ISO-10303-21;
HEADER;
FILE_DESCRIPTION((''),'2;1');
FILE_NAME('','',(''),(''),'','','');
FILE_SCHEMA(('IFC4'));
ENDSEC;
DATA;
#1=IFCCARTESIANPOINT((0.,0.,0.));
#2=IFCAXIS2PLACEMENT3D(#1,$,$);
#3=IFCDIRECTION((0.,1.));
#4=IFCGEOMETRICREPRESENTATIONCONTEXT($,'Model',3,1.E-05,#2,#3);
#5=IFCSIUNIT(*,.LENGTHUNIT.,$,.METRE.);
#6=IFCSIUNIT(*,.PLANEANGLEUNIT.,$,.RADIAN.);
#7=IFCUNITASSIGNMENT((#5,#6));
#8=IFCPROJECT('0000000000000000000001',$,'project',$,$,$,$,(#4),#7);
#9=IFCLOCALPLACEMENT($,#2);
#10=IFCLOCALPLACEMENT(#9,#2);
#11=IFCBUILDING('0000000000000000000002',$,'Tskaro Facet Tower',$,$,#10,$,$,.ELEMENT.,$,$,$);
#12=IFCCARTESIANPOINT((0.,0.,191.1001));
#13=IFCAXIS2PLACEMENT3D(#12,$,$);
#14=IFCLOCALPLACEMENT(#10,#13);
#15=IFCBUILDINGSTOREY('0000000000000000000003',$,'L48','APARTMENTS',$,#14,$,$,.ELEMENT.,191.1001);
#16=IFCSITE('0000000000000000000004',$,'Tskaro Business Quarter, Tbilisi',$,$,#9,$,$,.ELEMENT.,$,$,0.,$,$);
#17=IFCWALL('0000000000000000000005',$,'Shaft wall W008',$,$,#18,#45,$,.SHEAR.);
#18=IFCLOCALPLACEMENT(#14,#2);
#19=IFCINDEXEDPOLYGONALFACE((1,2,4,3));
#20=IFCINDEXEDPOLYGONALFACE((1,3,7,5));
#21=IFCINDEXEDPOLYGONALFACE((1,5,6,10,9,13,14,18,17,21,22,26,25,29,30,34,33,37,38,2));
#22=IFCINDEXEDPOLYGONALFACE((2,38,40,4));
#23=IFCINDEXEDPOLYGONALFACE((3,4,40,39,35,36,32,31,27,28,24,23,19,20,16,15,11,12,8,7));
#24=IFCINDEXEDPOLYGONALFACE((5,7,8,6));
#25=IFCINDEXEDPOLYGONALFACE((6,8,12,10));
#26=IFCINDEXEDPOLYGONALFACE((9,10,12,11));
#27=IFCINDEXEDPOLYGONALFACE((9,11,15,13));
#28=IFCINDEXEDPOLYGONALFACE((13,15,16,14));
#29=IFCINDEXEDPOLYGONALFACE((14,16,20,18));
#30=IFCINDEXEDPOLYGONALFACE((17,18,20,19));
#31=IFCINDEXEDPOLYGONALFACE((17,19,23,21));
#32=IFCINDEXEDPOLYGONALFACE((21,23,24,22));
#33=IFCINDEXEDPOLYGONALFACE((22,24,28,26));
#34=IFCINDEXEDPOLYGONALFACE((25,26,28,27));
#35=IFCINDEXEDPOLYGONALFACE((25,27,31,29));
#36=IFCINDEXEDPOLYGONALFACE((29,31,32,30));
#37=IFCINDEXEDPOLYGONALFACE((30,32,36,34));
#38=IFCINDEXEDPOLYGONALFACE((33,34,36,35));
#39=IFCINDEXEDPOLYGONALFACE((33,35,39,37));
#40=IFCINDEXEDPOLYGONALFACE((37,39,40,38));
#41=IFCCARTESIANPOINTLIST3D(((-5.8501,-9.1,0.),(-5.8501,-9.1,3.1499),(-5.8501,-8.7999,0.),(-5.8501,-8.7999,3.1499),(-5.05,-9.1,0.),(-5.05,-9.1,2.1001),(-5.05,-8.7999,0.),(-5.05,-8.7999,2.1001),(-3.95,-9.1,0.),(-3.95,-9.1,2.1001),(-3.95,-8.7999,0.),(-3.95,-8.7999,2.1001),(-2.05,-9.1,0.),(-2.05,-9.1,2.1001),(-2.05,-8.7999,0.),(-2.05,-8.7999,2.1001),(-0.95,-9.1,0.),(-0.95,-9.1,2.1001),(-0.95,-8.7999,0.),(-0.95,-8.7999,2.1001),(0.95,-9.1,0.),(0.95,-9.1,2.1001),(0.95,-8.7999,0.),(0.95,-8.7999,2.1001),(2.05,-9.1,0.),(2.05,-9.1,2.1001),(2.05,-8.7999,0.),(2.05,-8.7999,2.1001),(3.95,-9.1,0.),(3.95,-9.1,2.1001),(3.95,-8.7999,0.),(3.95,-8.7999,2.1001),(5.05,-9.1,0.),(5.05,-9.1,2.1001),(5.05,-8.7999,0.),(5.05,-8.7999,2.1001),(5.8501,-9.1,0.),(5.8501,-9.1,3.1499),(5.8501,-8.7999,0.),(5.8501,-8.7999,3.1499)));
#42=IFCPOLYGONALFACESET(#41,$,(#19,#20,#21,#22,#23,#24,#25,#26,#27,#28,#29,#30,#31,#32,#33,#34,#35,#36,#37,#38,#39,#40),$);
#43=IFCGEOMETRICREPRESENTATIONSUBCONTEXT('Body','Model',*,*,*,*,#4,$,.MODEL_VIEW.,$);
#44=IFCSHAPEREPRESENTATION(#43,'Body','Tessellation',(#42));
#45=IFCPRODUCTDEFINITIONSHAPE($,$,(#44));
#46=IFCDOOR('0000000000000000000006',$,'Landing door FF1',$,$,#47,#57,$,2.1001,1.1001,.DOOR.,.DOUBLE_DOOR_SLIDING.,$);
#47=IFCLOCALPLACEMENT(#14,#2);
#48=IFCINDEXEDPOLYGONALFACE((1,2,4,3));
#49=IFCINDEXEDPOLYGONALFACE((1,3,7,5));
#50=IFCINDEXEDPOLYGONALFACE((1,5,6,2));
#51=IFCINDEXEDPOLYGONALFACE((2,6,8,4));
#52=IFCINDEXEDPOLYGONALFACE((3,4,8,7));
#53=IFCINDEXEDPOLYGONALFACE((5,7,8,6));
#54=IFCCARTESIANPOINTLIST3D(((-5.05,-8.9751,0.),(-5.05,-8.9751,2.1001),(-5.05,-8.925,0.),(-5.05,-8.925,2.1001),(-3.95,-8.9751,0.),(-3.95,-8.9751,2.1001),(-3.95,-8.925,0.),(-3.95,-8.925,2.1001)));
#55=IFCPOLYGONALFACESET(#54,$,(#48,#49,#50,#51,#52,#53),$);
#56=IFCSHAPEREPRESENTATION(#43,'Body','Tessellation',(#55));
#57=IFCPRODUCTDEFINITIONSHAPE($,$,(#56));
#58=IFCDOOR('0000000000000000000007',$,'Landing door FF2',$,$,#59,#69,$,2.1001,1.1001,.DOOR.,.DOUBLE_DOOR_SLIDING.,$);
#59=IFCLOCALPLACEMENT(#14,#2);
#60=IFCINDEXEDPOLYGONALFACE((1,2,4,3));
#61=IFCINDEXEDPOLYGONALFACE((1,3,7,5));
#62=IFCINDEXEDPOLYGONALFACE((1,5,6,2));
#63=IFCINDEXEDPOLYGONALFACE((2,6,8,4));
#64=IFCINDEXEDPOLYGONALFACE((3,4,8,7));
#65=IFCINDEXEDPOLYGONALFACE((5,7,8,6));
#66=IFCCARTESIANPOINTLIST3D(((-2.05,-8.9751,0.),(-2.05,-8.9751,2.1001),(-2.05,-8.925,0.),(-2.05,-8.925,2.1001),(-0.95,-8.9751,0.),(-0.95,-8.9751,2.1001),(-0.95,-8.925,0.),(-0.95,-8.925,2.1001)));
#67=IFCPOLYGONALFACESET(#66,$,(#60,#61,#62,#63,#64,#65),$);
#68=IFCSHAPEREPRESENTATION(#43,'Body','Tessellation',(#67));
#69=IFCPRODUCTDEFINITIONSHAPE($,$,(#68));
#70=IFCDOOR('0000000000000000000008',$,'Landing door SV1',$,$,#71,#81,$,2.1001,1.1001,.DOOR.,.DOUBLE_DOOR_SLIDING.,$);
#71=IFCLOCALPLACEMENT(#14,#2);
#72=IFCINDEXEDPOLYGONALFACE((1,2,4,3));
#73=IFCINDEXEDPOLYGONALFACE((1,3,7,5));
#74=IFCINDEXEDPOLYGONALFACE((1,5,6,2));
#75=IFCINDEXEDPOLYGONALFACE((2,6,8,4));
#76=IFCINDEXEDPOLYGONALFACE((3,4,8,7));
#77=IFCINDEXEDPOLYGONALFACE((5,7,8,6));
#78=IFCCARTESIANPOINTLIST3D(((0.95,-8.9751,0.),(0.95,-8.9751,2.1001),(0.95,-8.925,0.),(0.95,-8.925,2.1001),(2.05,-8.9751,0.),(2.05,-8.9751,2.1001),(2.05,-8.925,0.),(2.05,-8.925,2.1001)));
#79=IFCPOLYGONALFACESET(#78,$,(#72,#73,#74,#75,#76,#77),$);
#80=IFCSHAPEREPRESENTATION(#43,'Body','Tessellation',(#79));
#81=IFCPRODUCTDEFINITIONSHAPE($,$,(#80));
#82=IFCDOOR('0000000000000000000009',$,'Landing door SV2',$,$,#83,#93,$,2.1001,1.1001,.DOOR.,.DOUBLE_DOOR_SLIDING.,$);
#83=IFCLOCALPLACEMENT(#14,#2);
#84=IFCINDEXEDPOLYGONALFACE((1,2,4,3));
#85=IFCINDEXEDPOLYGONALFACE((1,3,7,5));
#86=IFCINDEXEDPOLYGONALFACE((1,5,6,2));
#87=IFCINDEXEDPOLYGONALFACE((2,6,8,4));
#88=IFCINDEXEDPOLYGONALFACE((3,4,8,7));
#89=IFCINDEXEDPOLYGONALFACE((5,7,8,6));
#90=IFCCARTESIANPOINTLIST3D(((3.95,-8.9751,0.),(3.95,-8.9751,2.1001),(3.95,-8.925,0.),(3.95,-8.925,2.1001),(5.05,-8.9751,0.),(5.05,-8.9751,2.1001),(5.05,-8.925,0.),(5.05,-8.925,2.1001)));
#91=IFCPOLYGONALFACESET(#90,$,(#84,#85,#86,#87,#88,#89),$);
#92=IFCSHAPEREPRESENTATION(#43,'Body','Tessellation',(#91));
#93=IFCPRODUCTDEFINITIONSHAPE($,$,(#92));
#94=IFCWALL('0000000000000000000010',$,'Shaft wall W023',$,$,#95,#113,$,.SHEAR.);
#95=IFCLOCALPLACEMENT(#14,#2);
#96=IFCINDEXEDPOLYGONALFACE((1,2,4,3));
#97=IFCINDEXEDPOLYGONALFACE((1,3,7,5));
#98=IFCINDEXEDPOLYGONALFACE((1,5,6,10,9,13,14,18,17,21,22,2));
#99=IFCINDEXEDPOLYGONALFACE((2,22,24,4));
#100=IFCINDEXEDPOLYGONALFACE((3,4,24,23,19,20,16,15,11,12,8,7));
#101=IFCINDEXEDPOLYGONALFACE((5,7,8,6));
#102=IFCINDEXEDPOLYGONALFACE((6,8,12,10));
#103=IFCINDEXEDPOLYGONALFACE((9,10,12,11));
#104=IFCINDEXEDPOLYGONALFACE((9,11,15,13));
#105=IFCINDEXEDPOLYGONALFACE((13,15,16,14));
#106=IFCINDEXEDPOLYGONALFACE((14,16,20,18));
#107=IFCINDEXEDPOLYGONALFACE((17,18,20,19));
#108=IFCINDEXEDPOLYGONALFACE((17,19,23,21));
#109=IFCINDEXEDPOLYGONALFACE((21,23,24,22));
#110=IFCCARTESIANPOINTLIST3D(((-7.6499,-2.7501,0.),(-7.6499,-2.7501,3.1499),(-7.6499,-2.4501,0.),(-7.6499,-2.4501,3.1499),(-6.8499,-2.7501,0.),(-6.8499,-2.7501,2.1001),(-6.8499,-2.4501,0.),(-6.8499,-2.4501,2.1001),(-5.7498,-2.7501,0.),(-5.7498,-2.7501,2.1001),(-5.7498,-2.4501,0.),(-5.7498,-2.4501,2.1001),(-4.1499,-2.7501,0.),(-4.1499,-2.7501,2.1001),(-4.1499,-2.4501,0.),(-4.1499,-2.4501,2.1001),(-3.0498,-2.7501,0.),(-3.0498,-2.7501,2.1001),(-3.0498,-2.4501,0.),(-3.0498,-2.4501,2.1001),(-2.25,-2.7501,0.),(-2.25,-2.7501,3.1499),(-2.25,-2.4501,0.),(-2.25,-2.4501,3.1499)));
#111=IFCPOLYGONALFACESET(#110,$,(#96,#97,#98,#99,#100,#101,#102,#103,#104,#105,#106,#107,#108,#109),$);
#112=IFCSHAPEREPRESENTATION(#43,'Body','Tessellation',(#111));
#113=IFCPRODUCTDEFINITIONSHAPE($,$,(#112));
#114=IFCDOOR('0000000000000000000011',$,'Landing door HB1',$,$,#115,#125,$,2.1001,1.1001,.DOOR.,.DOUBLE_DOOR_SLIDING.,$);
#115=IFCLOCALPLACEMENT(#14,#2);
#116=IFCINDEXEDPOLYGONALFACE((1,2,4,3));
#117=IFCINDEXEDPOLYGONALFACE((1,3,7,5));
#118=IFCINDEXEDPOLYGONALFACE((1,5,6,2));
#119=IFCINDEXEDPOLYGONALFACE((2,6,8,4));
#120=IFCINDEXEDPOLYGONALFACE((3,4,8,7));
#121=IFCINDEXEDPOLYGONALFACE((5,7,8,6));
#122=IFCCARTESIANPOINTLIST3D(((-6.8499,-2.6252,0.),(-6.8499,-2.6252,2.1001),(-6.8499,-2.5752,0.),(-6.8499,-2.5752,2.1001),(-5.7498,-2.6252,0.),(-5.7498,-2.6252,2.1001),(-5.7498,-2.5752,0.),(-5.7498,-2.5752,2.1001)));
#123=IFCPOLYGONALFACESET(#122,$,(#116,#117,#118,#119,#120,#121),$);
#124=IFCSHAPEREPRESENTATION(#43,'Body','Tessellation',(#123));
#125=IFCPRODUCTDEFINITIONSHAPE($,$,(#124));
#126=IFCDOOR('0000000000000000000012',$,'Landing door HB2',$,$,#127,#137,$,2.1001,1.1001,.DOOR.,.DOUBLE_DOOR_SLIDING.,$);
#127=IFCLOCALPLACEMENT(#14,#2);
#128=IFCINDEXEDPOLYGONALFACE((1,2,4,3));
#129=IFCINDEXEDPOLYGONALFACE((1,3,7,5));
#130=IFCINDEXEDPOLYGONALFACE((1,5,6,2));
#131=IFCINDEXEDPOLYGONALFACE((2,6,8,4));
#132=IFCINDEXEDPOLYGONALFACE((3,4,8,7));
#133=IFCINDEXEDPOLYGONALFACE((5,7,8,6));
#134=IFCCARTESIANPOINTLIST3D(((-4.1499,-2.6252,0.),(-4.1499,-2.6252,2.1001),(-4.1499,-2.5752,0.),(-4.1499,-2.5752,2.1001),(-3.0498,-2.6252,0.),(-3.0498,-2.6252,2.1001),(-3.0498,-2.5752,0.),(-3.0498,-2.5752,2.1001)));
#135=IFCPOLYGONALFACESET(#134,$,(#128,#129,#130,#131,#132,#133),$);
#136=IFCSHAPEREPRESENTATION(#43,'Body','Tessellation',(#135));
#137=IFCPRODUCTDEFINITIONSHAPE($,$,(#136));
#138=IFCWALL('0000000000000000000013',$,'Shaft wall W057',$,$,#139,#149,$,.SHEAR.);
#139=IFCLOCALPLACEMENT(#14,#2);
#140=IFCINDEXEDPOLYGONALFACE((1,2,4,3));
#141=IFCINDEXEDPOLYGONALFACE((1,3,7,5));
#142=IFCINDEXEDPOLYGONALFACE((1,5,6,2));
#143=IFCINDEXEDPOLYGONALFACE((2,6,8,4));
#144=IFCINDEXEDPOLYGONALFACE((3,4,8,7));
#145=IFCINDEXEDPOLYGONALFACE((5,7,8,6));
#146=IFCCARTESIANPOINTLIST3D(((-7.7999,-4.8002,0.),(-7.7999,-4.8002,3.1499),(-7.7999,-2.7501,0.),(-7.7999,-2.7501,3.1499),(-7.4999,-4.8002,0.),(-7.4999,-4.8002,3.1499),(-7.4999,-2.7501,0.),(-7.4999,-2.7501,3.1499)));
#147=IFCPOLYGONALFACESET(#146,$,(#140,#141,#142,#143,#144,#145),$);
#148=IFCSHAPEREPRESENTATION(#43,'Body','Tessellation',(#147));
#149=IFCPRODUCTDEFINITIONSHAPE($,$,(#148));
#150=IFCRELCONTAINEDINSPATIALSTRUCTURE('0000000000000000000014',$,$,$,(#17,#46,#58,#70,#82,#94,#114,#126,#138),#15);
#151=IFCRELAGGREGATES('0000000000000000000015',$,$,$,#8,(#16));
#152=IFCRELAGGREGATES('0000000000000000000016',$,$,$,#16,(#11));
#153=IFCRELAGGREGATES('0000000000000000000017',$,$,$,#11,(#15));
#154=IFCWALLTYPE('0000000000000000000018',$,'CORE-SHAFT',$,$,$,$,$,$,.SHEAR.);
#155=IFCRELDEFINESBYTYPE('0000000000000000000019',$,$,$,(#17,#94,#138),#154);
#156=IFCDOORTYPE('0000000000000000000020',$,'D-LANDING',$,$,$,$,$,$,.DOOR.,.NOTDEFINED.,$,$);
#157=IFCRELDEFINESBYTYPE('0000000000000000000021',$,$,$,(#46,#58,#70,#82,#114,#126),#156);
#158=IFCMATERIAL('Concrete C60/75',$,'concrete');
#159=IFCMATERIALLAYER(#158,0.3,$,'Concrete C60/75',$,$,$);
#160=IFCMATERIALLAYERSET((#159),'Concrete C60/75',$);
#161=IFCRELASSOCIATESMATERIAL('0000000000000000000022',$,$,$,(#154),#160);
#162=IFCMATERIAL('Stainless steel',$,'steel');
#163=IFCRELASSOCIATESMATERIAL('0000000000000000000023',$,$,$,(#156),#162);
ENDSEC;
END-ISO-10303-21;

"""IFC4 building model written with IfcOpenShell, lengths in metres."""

from ifc_helpers import new_model, si_unit, direction, frame, frame_2d, origin, place, context, subcontext, project, spatial, rectangle, extrude, material, layer, layer_set, type_object, element, fill, save


model = new_model("IFC4")

# Units and contexts
model_context = context("Model", 3, precision=1e-05, world=origin(), true_north=direction((0.0, 1.0)))
body_context = subcontext(model_context, "Body", "Model", "MODEL_VIEW")
ifc_project = project(units=[si_unit("LENGTHUNIT", "METRE"), si_unit("PLANEANGLEUNIT", "RADIAN")], contexts=[model_context])

# Site, building, storey
site_placement = place(None, origin())
site = spatial("IfcSite", under=ifc_project, at=site_placement, Name="Tskaro Business Quarter, Tbilisi", CompositionType="ELEMENT", RefElevation=0.0)
building_placement = place(site_placement, origin())
building = spatial("IfcBuilding", under=site, at=building_placement, Name="Tskaro Facet Tower", CompositionType="ELEMENT")
storey_placement = place(building_placement, frame((0.0, 0.0, 191.1001)))
storey = spatial("IfcBuildingStorey", under=building, at=storey_placement, Name="L48", Description="APARTMENTS", CompositionType="ELEMENT", Elevation=191.1001)

# Walls, openings, doors
ifc_material_1 = material(Name="Concrete C60/75", Category="concrete")
ifc_layer = layer(ifc_material_1, 0.3, Name="Concrete C60/75")
ifc_layer_set = layer_set([ifc_layer], Name="Concrete C60/75")
wall_type = type_object("IfcWallType", Name="CORE-SHAFT", PredefinedType="SHEAR", material=ifc_layer_set)
wall_1_placement = place(storey_placement, frame((-5.8501, -8.95, 0.0), z_axis=(0.0, 0.0, 1.0), x_axis=(1.0, 0.0, 0.0)))
wall_1 = element("IfcWall", 1, at=wall_1_placement, inside=storey, type_object=wall_type, Name="Shaft wall W008", PredefinedType="SHEAR", context=body_context, shape_type="SweptSolid", body=[
    extrude(rectangle(XDim=11.7002, YDim=0.3, at=frame_2d((5.8501, 0.0))), origin(), (0.0, 0.0, 1.0), 3.1499),
])
opening_1_placement = place(wall_1_placement, frame((0.8, 0.0, 0.0)))
opening_1 = element("IfcOpeningElement", 2, at=opening_1_placement, cuts=wall_1, PredefinedType="OPENING", context=body_context, shape_type="SweptSolid", body=[
    extrude(rectangle(XDim=1.1001, YDim=2.1001, at=frame_2d((0.55, 1.05))), frame((0.0, 0.1599, 0.0), z_axis=(0.0, -1.0, 0.0), x_axis=(1.0, 0.0, 0.0)), (0.0, 0.0, 1.0), 0.3201),
])
opening_2_placement = place(wall_1_placement, frame((3.8, 0.0, 0.0)))
opening_2 = element("IfcOpeningElement", 3, at=opening_2_placement, cuts=wall_1, PredefinedType="OPENING", context=body_context, shape_type="SweptSolid", body=[
    extrude(rectangle(XDim=1.1001, YDim=2.1001, at=frame_2d((0.55, 1.05))), frame((0.0, 0.1599, 0.0), z_axis=(0.0, -1.0, 0.0), x_axis=(1.0, 0.0, 0.0)), (0.0, 0.0, 1.0), 0.3201),
])
opening_3_placement = place(wall_1_placement, frame((6.8, 0.0, 0.0)))
opening_3 = element("IfcOpeningElement", 4, at=opening_3_placement, cuts=wall_1, PredefinedType="OPENING", context=body_context, shape_type="SweptSolid", body=[
    extrude(rectangle(XDim=1.1001, YDim=2.1001, at=frame_2d((0.55, 1.05))), frame((0.0, 0.1599, 0.0), z_axis=(0.0, -1.0, 0.0), x_axis=(1.0, 0.0, 0.0)), (0.0, 0.0, 1.0), 0.3201),
])
opening_4_placement = place(wall_1_placement, frame((9.8, 0.0, 0.0)))
opening_4 = element("IfcOpeningElement", 5, at=opening_4_placement, cuts=wall_1, PredefinedType="OPENING", context=body_context, shape_type="SweptSolid", body=[
    extrude(rectangle(XDim=1.1001, YDim=2.1001, at=frame_2d((0.55, 1.05))), frame((0.0, 0.1599, 0.0), z_axis=(0.0, -1.0, 0.0), x_axis=(1.0, 0.0, 0.0)), (0.0, 0.0, 1.0), 0.3201),
])
ifc_material_2 = material(Name="Stainless steel", Category="steel")
door_type_1 = type_object("IfcDoorType", Name="D-LANDING", OperationType="NOTDEFINED", PredefinedType="DOOR", material=ifc_material_2)
door_1_placement = place(opening_1_placement, origin())
door_1 = element("IfcDoor", 6, at=door_1_placement, inside=storey, type_object=door_type_1, Name="Landing door FF1", OperationType="DOUBLE_DOOR_SLIDING", OverallHeight=2.1001, OverallWidth=1.1001, PredefinedType="DOOR", context=body_context, shape_type="SweptSolid", body=[
    extrude(rectangle(XDim=1.1001, YDim=2.1001, at=frame_2d((0.55, 1.05))), frame((0.0, 0.0249, 0.0), z_axis=(0.0, -1.0, 0.0), x_axis=(1.0, 0.0, 0.0)), (0.0, 0.0, 1.0), 0.05),
])
fill(opening_1, door_1)
door_2_placement = place(opening_2_placement, origin())
door_2 = element("IfcDoor", 7, at=door_2_placement, inside=storey, type_object=door_type_1, Name="Landing door FF2", OperationType="DOUBLE_DOOR_SLIDING", OverallHeight=2.1001, OverallWidth=1.1001, PredefinedType="DOOR", context=body_context, shape_type="SweptSolid", body=[
    extrude(rectangle(XDim=1.1001, YDim=2.1001, at=frame_2d((0.55, 1.05))), frame((0.0, 0.0249, 0.0), z_axis=(0.0, -1.0, 0.0), x_axis=(1.0, 0.0, 0.0)), (0.0, 0.0, 1.0), 0.05),
])
fill(opening_2, door_2)
door_3_placement = place(opening_3_placement, origin())
door_3 = element("IfcDoor", 8, at=door_3_placement, inside=storey, type_object=door_type_1, Name="Landing door SV1", OperationType="DOUBLE_DOOR_SLIDING", OverallHeight=2.1001, OverallWidth=1.1001, PredefinedType="DOOR", context=body_context, shape_type="SweptSolid", body=[
    extrude(rectangle(XDim=1.1001, YDim=2.1001, at=frame_2d((0.55, 1.05))), frame((0.0, 0.0249, 0.0), z_axis=(0.0, -1.0, 0.0), x_axis=(1.0, 0.0, 0.0)), (0.0, 0.0, 1.0), 0.05),
])
fill(opening_3, door_3)
door_4_placement = place(opening_4_placement, origin())
door_4 = element("IfcDoor", 9, at=door_4_placement, inside=storey, type_object=door_type_1, Name="Landing door SV2", OperationType="DOUBLE_DOOR_SLIDING", OverallHeight=2.1001, OverallWidth=1.1001, PredefinedType="DOOR", context=body_context, shape_type="SweptSolid", body=[
    extrude(rectangle(XDim=1.1001, YDim=2.1001, at=frame_2d((0.55, 1.05))), frame((0.0, 0.0249, 0.0), z_axis=(0.0, -1.0, 0.0), x_axis=(1.0, 0.0, 0.0)), (0.0, 0.0, 1.0), 0.05),
])
fill(opening_4, door_4)
wall_2_placement = place(storey_placement, frame((-7.6499, -2.6001, 0.0), z_axis=(0.0, 0.0, 1.0), x_axis=(1.0, 0.0, 0.0)))
wall_2 = element("IfcWall", 10, at=wall_2_placement, inside=storey, type_object=wall_type, Name="Shaft wall W023", PredefinedType="SHEAR", context=body_context, shape_type="SweptSolid", body=[
    extrude(rectangle(XDim=5.3999, YDim=0.3, at=frame_2d((2.7, 0.0))), origin(), (0.0, 0.0, 1.0), 3.1499),
])
opening_5_placement = place(wall_2_placement, frame((0.8, 0.0, 0.0)))
opening_5 = element("IfcOpeningElement", 11, at=opening_5_placement, cuts=wall_2, PredefinedType="OPENING", context=body_context, shape_type="SweptSolid", body=[
    extrude(rectangle(XDim=1.1001, YDim=2.1001, at=frame_2d((0.55, 1.05))), frame((0.0, 0.1599, 0.0), z_axis=(0.0, -1.0, 0.0), x_axis=(1.0, 0.0, 0.0)), (0.0, 0.0, 1.0), 0.3201),
])
opening_6_placement = place(wall_2_placement, frame((3.5, 0.0, 0.0)))
opening_6 = element("IfcOpeningElement", 12, at=opening_6_placement, cuts=wall_2, PredefinedType="OPENING", context=body_context, shape_type="SweptSolid", body=[
    extrude(rectangle(XDim=1.1001, YDim=2.1001, at=frame_2d((0.55, 1.05))), frame((0.0, 0.1599, 0.0), z_axis=(0.0, -1.0, 0.0), x_axis=(1.0, 0.0, 0.0)), (0.0, 0.0, 1.0), 0.3201),
])
door_5_placement = place(opening_5_placement, origin())
door_5 = element("IfcDoor", 13, at=door_5_placement, inside=storey, type_object=door_type_1, Name="Landing door HB1", OperationType="DOUBLE_DOOR_SLIDING", OverallHeight=2.1001, OverallWidth=1.1001, PredefinedType="DOOR", context=body_context, shape_type="SweptSolid", body=[
    extrude(rectangle(XDim=1.1001, YDim=2.1001, at=frame_2d((0.55, 1.05))), frame((0.0, 0.0249, 0.0), z_axis=(0.0, -1.0, 0.0), x_axis=(1.0, 0.0, 0.0)), (0.0, 0.0, 1.0), 0.05),
])
fill(opening_5, door_5)
door_6_placement = place(opening_6_placement, origin())
door_6 = element("IfcDoor", 14, at=door_6_placement, inside=storey, type_object=door_type_1, Name="Landing door HB2", OperationType="DOUBLE_DOOR_SLIDING", OverallHeight=2.1001, OverallWidth=1.1001, PredefinedType="DOOR", context=body_context, shape_type="SweptSolid", body=[
    extrude(rectangle(XDim=1.1001, YDim=2.1001, at=frame_2d((0.55, 1.05))), frame((0.0, 0.0249, 0.0), z_axis=(0.0, -1.0, 0.0), x_axis=(1.0, 0.0, 0.0)), (0.0, 0.0, 1.0), 0.05),
])
fill(opening_6, door_6)

# Wall
wall_3_placement = place(storey_placement, frame((-7.6499, -4.8, 0.0), z_axis=(0.0, 0.0, 1.0), x_axis=(0.0, 1.0, 0.0)))
element("IfcWall", 15, at=wall_3_placement, inside=storey, type_object=wall_type, Name="Shaft wall W057", PredefinedType="SHEAR", context=body_context, shape_type="SweptSolid", body=[
    extrude(rectangle(XDim=2.05, YDim=0.3, at=frame_2d((1.0249, 0.0))), origin(), (0.0, 0.0, 1.0), 3.1499),
])

save(model, "model.ifc")
